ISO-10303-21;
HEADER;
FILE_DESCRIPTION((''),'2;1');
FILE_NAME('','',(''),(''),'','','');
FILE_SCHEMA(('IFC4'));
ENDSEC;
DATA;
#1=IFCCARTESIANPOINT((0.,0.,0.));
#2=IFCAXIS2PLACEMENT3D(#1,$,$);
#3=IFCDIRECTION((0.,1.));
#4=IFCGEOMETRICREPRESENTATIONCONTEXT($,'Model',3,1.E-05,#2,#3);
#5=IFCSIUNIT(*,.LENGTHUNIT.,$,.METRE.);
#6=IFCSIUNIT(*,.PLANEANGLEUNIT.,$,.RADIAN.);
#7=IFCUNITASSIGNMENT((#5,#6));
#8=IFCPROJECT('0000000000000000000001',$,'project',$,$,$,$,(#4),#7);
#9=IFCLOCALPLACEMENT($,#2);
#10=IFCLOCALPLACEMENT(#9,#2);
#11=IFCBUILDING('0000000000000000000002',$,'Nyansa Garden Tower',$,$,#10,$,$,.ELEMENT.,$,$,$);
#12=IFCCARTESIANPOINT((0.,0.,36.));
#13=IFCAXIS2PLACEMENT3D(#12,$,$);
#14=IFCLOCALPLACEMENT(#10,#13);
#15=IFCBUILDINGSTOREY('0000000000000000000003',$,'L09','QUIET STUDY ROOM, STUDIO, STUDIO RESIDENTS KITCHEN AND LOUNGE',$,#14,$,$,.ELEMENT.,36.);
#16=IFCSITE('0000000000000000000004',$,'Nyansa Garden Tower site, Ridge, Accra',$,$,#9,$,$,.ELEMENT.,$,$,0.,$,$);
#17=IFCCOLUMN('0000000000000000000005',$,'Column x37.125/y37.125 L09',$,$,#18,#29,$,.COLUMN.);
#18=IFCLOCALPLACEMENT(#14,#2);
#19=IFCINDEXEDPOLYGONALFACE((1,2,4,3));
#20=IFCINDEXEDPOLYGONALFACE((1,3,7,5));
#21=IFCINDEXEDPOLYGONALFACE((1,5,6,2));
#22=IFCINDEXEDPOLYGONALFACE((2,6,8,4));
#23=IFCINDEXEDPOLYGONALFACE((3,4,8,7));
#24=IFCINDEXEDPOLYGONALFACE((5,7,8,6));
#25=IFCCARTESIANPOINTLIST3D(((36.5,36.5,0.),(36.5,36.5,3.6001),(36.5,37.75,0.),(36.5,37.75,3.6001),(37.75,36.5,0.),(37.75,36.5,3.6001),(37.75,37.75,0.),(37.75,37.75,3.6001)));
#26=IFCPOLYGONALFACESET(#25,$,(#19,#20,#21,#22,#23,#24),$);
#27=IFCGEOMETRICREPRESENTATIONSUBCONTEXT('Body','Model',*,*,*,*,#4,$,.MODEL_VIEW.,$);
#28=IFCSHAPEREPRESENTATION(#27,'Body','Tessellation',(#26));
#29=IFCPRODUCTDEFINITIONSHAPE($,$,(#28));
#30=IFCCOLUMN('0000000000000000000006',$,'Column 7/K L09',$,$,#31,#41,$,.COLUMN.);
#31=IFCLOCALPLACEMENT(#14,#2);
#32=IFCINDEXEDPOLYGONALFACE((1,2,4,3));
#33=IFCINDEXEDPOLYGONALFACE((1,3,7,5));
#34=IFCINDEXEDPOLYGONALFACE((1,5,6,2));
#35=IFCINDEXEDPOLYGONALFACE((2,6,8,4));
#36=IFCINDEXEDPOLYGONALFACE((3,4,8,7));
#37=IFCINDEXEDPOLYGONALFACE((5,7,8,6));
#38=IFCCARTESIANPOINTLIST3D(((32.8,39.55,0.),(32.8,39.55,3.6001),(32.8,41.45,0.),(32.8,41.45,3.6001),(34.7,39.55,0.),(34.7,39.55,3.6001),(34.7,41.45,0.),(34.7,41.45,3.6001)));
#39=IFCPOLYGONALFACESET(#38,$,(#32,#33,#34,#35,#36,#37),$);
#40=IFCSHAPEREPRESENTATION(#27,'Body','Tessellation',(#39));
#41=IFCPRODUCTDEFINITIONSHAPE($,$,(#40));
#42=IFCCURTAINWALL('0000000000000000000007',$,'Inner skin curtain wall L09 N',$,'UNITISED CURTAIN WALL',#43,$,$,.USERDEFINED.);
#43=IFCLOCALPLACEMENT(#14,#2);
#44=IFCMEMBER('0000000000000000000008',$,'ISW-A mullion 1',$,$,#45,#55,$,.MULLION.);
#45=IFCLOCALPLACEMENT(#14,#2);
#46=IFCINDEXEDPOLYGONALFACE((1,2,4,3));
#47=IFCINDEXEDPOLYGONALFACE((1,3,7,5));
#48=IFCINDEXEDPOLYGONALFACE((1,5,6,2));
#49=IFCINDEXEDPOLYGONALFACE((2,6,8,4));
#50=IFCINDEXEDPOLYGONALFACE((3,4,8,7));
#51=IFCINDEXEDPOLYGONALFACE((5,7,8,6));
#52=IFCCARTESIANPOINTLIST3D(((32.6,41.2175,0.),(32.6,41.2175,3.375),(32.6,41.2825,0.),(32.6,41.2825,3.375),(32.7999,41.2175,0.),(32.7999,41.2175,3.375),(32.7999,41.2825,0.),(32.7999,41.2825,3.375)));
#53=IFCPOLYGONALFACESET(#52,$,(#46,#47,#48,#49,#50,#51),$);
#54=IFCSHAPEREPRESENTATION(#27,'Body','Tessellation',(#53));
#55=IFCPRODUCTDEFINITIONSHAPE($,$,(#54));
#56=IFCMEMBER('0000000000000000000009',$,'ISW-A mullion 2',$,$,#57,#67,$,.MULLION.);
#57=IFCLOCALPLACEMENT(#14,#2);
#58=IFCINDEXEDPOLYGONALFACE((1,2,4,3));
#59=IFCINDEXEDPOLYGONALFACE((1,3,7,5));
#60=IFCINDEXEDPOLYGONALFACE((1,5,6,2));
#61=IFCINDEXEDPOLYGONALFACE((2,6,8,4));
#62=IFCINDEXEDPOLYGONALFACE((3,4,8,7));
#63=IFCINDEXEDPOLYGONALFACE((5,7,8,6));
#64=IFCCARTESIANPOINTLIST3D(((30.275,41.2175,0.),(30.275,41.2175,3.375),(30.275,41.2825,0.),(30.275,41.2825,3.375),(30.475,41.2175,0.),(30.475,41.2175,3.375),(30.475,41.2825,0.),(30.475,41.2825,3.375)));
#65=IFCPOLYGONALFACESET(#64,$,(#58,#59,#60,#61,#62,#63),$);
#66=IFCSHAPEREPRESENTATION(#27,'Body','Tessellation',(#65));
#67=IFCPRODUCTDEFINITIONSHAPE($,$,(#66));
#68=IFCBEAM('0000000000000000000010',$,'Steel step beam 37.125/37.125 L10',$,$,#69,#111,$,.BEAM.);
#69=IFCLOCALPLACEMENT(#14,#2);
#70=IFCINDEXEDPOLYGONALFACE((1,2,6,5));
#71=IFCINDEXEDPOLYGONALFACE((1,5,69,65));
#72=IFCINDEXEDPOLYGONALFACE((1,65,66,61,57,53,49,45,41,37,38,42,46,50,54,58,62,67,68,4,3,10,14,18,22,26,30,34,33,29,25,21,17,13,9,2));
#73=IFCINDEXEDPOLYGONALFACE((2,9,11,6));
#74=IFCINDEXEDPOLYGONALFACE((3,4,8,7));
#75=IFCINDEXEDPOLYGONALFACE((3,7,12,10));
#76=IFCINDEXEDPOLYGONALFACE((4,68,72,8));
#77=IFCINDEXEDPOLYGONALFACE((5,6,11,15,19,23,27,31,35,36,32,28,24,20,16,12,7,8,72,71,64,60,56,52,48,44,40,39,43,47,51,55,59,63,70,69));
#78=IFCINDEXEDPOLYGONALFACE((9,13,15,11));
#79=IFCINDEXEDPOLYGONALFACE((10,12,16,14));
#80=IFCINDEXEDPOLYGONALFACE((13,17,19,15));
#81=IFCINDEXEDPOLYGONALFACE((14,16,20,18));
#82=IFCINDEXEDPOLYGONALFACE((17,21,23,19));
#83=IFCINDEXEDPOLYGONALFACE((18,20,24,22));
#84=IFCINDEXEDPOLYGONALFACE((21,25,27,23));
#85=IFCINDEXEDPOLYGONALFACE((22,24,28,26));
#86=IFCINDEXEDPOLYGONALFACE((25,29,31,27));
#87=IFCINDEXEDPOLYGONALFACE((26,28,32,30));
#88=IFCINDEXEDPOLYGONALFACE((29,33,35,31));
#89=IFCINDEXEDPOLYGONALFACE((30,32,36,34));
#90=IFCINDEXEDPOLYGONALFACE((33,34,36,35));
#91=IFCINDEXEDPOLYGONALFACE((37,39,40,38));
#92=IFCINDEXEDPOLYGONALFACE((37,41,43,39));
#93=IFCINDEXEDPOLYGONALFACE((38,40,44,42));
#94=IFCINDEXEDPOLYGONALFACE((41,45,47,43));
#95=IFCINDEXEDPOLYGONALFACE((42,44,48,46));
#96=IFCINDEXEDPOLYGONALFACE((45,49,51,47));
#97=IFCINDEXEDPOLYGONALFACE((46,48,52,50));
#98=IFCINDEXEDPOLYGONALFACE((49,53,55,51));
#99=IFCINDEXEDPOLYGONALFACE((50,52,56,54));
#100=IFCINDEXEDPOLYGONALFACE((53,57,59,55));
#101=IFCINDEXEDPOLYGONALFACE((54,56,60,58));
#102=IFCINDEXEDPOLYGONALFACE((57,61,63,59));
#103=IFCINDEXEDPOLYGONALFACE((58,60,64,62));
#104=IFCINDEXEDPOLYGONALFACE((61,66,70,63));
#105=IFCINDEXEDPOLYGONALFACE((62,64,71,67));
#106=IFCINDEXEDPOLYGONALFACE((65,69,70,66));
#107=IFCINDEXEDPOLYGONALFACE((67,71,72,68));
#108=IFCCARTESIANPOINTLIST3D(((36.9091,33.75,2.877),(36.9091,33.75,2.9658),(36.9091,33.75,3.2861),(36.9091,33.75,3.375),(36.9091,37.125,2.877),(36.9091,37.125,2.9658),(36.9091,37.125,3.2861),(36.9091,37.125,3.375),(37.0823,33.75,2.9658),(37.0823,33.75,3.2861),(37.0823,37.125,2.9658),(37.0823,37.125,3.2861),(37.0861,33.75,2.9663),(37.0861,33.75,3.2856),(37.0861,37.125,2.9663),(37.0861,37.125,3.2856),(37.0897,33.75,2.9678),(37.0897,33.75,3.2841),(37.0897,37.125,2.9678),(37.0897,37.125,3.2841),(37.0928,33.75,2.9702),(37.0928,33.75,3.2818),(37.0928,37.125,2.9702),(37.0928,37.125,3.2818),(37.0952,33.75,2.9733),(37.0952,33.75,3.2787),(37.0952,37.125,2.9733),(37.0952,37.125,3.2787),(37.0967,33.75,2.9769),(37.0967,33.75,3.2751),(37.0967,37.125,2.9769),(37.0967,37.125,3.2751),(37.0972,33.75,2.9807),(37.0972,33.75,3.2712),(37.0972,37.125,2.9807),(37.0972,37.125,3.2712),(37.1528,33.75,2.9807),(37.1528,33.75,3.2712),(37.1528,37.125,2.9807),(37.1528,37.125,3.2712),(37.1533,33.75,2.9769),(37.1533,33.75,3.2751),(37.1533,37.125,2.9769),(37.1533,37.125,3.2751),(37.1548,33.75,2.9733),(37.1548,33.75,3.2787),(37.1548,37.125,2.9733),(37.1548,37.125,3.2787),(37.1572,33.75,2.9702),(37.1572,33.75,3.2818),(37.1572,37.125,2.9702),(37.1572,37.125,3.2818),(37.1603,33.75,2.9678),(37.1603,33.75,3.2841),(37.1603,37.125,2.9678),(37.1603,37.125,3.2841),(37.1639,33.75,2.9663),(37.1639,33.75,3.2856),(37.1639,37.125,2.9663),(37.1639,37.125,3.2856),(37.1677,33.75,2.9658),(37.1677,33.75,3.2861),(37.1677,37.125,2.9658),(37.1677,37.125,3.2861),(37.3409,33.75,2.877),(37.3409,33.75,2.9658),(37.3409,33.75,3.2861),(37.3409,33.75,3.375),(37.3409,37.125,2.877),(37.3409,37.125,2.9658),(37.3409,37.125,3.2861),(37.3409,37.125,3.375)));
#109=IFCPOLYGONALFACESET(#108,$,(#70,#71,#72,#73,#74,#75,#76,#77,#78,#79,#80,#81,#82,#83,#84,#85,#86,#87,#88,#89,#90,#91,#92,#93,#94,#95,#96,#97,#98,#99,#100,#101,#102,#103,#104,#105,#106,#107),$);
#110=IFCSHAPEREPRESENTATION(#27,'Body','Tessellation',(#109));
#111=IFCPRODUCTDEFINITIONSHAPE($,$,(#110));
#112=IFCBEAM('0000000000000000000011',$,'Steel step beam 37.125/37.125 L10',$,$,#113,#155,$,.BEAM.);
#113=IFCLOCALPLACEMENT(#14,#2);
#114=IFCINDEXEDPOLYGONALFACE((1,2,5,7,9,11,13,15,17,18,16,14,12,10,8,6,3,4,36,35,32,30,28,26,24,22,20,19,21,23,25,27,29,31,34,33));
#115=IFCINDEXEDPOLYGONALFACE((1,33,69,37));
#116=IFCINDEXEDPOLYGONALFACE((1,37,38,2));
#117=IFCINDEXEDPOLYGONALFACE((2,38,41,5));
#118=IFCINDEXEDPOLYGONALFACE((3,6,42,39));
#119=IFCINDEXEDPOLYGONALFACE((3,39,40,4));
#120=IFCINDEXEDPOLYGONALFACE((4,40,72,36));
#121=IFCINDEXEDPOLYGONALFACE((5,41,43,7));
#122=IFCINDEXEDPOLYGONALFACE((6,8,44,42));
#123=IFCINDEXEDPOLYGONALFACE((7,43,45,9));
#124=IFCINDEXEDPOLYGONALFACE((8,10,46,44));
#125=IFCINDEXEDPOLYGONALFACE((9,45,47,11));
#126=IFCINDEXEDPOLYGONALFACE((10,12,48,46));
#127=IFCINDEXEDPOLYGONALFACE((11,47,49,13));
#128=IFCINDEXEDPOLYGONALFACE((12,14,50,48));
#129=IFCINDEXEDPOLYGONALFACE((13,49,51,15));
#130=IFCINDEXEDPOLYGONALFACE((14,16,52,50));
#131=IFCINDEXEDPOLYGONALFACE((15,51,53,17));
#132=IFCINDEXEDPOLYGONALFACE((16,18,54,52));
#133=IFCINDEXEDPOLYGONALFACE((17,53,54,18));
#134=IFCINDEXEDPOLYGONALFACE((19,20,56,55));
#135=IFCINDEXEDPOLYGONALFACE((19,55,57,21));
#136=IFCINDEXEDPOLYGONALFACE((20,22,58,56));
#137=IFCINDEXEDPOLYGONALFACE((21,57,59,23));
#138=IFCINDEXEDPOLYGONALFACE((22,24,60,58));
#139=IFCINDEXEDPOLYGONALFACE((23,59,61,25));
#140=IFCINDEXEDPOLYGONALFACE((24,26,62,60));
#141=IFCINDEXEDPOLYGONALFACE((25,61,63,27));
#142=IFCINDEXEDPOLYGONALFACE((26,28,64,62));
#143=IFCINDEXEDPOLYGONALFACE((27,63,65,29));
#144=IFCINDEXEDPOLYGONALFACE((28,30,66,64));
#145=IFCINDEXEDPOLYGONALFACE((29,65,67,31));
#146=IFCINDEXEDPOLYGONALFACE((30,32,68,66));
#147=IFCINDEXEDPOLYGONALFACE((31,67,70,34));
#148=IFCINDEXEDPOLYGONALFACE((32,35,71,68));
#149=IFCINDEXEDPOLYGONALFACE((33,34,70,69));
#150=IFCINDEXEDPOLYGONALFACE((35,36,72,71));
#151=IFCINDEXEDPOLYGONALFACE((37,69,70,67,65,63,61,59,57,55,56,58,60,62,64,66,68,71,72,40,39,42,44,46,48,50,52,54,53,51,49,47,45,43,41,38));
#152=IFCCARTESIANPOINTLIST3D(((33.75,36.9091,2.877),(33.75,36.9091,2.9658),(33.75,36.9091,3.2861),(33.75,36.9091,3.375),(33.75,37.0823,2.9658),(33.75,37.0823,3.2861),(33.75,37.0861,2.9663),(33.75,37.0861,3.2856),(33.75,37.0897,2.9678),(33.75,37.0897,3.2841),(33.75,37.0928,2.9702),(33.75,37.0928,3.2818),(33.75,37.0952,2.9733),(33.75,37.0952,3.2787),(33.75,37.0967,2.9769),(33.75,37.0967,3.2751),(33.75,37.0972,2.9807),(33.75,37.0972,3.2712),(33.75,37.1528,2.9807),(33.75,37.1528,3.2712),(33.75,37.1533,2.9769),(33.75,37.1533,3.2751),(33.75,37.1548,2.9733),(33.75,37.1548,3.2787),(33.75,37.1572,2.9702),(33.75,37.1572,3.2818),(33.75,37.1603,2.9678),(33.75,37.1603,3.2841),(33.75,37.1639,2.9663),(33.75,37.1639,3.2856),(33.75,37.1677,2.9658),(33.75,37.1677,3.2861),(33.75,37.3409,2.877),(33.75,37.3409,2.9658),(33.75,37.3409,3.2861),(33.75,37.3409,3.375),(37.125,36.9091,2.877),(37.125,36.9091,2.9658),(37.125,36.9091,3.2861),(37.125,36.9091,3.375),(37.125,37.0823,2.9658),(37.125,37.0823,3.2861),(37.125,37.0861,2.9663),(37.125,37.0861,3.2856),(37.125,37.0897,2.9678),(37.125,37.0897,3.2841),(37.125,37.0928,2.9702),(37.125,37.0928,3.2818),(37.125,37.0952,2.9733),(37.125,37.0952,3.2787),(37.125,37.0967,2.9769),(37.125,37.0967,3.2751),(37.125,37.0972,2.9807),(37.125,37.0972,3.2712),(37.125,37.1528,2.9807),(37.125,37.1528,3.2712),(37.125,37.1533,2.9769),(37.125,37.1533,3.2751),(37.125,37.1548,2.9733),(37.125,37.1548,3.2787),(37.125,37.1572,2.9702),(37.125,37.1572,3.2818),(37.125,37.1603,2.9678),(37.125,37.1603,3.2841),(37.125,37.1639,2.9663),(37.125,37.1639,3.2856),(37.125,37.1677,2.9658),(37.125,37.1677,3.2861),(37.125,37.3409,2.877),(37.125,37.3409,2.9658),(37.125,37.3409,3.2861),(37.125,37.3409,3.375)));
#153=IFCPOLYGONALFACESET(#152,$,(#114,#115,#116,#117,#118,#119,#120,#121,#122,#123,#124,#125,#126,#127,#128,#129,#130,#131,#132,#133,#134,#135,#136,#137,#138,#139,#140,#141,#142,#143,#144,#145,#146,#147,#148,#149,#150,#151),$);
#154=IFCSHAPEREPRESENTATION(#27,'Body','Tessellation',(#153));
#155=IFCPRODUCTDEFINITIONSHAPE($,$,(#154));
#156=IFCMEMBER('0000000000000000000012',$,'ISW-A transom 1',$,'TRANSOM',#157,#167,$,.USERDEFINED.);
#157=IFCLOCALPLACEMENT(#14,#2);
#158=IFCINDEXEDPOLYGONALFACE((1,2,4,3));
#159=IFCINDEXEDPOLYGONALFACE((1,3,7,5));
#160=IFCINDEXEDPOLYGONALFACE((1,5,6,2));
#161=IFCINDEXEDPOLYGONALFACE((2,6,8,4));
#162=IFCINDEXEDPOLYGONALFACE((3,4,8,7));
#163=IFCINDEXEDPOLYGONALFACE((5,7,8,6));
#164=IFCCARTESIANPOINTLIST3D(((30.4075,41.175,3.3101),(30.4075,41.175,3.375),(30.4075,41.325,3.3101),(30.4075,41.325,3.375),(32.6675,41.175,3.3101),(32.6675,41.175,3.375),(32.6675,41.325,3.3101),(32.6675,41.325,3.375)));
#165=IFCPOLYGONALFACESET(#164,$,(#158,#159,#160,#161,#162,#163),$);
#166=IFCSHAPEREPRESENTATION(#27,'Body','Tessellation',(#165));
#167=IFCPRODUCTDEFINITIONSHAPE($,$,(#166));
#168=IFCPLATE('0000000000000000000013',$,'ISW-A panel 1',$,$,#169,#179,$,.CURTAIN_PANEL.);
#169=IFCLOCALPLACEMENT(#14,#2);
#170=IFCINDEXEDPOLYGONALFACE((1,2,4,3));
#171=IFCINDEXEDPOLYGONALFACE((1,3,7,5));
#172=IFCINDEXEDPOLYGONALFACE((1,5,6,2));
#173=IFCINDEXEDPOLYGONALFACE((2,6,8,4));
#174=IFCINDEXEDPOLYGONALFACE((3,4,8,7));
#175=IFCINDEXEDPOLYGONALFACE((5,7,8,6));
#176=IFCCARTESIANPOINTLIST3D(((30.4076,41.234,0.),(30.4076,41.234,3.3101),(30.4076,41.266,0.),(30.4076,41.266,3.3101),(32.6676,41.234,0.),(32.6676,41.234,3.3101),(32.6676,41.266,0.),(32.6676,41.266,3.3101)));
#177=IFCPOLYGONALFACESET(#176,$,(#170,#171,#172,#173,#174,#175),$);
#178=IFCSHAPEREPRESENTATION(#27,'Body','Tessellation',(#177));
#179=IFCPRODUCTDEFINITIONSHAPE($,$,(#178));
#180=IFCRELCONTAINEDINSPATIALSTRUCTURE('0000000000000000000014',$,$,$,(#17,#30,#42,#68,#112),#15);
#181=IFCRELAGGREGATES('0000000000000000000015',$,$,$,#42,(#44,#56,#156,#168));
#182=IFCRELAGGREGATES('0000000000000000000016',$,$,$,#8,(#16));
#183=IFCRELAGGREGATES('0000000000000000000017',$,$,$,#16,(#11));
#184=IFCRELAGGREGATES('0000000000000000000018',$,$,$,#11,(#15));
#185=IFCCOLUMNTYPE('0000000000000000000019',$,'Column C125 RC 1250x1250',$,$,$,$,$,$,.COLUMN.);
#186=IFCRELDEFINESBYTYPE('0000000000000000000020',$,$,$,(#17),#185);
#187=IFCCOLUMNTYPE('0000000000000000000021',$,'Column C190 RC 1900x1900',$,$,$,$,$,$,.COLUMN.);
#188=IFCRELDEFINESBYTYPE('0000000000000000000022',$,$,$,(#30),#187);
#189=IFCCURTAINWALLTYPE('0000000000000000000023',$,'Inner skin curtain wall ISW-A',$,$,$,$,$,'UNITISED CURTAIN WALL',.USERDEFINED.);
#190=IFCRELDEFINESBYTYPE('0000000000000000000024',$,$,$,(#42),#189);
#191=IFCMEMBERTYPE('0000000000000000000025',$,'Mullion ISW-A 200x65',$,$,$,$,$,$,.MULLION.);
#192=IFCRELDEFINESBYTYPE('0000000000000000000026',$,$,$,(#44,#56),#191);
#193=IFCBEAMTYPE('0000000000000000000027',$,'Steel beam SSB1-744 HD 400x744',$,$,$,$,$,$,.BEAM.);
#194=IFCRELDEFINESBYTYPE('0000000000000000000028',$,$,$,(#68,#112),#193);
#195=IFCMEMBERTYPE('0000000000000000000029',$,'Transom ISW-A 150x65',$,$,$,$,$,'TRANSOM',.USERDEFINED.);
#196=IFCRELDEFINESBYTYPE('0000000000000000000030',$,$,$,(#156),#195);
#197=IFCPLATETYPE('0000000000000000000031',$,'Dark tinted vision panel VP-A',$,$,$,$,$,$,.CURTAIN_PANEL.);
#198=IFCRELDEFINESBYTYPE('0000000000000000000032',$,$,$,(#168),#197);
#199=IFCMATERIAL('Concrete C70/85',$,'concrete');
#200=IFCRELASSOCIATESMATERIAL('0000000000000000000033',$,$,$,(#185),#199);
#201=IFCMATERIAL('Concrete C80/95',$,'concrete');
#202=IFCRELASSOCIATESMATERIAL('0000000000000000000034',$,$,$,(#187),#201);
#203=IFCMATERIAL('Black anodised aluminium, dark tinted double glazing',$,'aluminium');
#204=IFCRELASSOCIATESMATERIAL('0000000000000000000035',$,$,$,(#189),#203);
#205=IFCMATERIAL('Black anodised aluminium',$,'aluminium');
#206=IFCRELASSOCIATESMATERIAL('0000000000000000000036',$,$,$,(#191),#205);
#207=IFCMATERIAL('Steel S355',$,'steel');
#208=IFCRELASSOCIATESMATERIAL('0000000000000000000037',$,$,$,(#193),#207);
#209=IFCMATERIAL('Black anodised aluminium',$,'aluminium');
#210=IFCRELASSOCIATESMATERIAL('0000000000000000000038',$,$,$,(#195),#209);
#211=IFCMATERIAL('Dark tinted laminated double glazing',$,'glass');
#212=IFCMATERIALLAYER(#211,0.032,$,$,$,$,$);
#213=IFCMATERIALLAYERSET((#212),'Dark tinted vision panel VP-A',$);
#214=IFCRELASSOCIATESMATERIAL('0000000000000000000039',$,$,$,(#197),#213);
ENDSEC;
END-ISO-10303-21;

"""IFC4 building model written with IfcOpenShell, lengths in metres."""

from ifc_helpers import new_model, si_unit, direction, frame, origin, origin_2d, place, context, subcontext, project, spatial, rectangle, i_section, extrude, material, layer, layer_set, material_profile, profile_set, type_object, element, aggregate, save


model = new_model("IFC4")

# Units and contexts
model_context = context("Model", 3, precision=1e-05, world=origin(), true_north=direction((0.0, 1.0)))
body_context = subcontext(model_context, "Body", "Model", "MODEL_VIEW")
ifc_project = project(units=[si_unit("LENGTHUNIT", "METRE"), si_unit("PLANEANGLEUNIT", "RADIAN")], contexts=[model_context])

# Site, building, storey
site_placement = place(None, origin())
site = spatial("IfcSite", under=ifc_project, at=site_placement, Name="Nyansa Garden Tower site, Ridge, Accra", CompositionType="ELEMENT", RefElevation=0.0)
building_placement = place(site_placement, origin())
building = spatial("IfcBuilding", under=site, at=building_placement, Name="Nyansa Garden Tower", CompositionType="ELEMENT")
storey_placement = place(building_placement, frame((0.0, 0.0, 36.0)))
storey = spatial("IfcBuildingStorey", under=building, at=storey_placement, Name="L09", Description="QUIET STUDY ROOM, STUDIO, STUDIO RESIDENTS KITCHEN AND LOUNGE", CompositionType="ELEMENT", Elevation=36.0)

# Columns
ifc_material_1 = material(Name="Concrete C70/85", Category="concrete")
ifc_material_profile_1 = material_profile(ifc_material_1, rectangle(XDim=1.25, YDim=1.25, at=origin_2d()), Name="RC 1250x1250")
ifc_profile_set_1 = profile_set([ifc_material_profile_1], Name="Concrete C70/85")
column_type_1 = type_object("IfcColumnType", Name="Column C125 RC 1250x1250", PredefinedType="COLUMN", material=ifc_profile_set_1)
column_1_placement = place(storey_placement, frame((37.125, 37.125, 0.0), z_axis=(0.0, 0.0, 1.0), x_axis=(1.0, 0.0, 0.0)))
element("IfcColumn", 1, at=column_1_placement, inside=storey, type_object=column_type_1, Name="Column x37.125/y37.125 L09", PredefinedType="COLUMN", context=body_context, shape_type="SweptSolid", body=[
    extrude(rectangle(XDim=1.25, YDim=1.25, at=origin_2d()), origin(), (0.0, 0.0, 1.0), 3.6001),
])
ifc_material_2 = material(Name="Concrete C80/95", Category="concrete")
ifc_material_profile_2 = material_profile(ifc_material_2, rectangle(XDim=1.8999, YDim=1.8999, at=origin_2d()), Name="RC 1900x1900")
ifc_profile_set_2 = profile_set([ifc_material_profile_2], Name="Concrete C80/95")
column_type_2 = type_object("IfcColumnType", Name="Column C190 RC 1900x1900", PredefinedType="COLUMN", material=ifc_profile_set_2)
column_2_placement = place(storey_placement, frame((33.75, 40.5, 0.0), z_axis=(0.0, 0.0, 1.0), x_axis=(1.0, 0.0, 0.0)))
element("IfcColumn", 2, at=column_2_placement, inside=storey, type_object=column_type_2, Name="Column 7/K L09", PredefinedType="COLUMN", context=body_context, shape_type="SweptSolid", body=[
    extrude(rectangle(XDim=1.8999, YDim=1.8999, at=origin_2d()), origin(), (0.0, 0.0, 1.0), 3.6001),
])

# Curtain wall, members
ifc_material_3 = material(Name="Black anodised aluminium, dark tinted double glazing", Category="aluminium")
curtain_wall_type = type_object("IfcCurtainWallType", Name="Inner skin curtain wall ISW-A", ElementType="UNITISED CURTAIN WALL", PredefinedType="USERDEFINED", material=ifc_material_3)
curtain_wall_placement = place(storey_placement, origin())
curtain_wall = element("IfcCurtainWall", 3, at=curtain_wall_placement, inside=storey, type_object=curtain_wall_type, Name="Inner skin curtain wall L09 N", ObjectType="UNITISED CURTAIN WALL", PredefinedType="USERDEFINED")
ifc_material_4 = material(Name="Black anodised aluminium", Category="aluminium")
ifc_material_profile_3 = material_profile(ifc_material_4, rectangle(XDim=0.0649, YDim=0.2, at=origin_2d()), Name="Mullion 200x65")
ifc_profile_set_3 = profile_set([ifc_material_profile_3], Name="Black anodised aluminium")
member_type_1 = type_object("IfcMemberType", Name="Mullion ISW-A 200x65", PredefinedType="MULLION", material=ifc_profile_set_3)
member_1_placement = place(storey_placement, frame((32.7, 41.25, 0.0), z_axis=(0.0, 0.0, 1.0), x_axis=(0.0, -1.0, 0.0)))
member_1 = element("IfcMember", 4, at=member_1_placement, type_object=member_type_1, Name="ISW-A mullion 1", PredefinedType="MULLION", context=body_context, shape_type="SweptSolid", body=[
    extrude(rectangle(XDim=0.0649, YDim=0.2, at=origin_2d()), origin(), (0.0, 0.0, 1.0), 3.375),
])
member_2_placement = place(storey_placement, frame((30.375, 41.25, 0.0), z_axis=(0.0, 0.0, 1.0), x_axis=(0.0, -1.0, 0.0)))
member_2 = element("IfcMember", 5, at=member_2_placement, type_object=member_type_1, Name="ISW-A mullion 2", PredefinedType="MULLION", context=body_context, shape_type="SweptSolid", body=[
    extrude(rectangle(XDim=0.0649, YDim=0.2, at=origin_2d()), origin(), (0.0, 0.0, 1.0), 3.375),
])

# Beams
ifc_material_5 = material(Name="Steel S355", Category="steel")
ifc_material_profile_4 = material_profile(ifc_material_5, i_section(OverallWidth=0.4319, OverallDepth=0.498, WebThickness=0.0557, FlangeThickness=0.0889, FilletRadius=0.0149, at=origin_2d()), Name="HD 400x744")
ifc_profile_set_4 = profile_set([ifc_material_profile_4], Name="Steel S355")
beam_type = type_object("IfcBeamType", Name="Steel beam SSB1-744 HD 400x744", PredefinedType="BEAM", material=ifc_profile_set_4)
for number, where, z_axis, x_axis, name in (
    (6, (37.125, 37.125, 3.126), (0.0, -1.0, 0.0), (1.0, 0.0, 0.0), "Steel step beam 37.125/37.125 L10"),
    (7, (37.125, 37.125, 3.126), (-1.0, 0.0, 0.0), (0.0, -1.0, 0.0), "Steel step beam 37.125/37.125 L10"),
):
    element("IfcBeam", number, at=place(storey_placement, frame(where, z_axis=z_axis, x_axis=x_axis)), inside=storey, type_object=beam_type, Name=name, PredefinedType="BEAM", context=body_context, shape_type="SweptSolid", body=[
        extrude(i_section(OverallWidth=0.4319, OverallDepth=0.498, WebThickness=0.0557, FlangeThickness=0.0889, FilletRadius=0.0149, at=origin_2d()), origin(), (0.0, 0.0, 1.0), 3.375),
    ])

# Member
ifc_material_6 = material(Name="Black anodised aluminium", Category="aluminium")
ifc_material_profile_5 = material_profile(ifc_material_6, rectangle(XDim=0.1499, YDim=0.0649, at=origin_2d()), Name="Transom 150x65")
ifc_profile_set_5 = profile_set([ifc_material_profile_5], Name="Black anodised aluminium")
member_type_2 = type_object("IfcMemberType", Name="Transom ISW-A 150x65", ElementType="TRANSOM", PredefinedType="USERDEFINED", material=ifc_profile_set_5)
member_3_placement = place(storey_placement, frame((32.6675, 41.25, 3.3425), z_axis=(-1.0, 0.0, 0.0), x_axis=(0.0, -1.0, 0.0)))
member_3 = element("IfcMember", 8, at=member_3_placement, type_object=member_type_2, Name="ISW-A transom 1", ObjectType="TRANSOM", PredefinedType="USERDEFINED", context=body_context, shape_type="SweptSolid", body=[
    extrude(rectangle(XDim=0.1499, YDim=0.0649, at=origin_2d()), origin(), (0.0, 0.0, 1.0), 2.26),
])

# Plate
ifc_material_7 = material(Name="Dark tinted laminated double glazing", Category="glass")
ifc_layer_1 = layer(ifc_material_7, 0.032)
ifc_layer_set_1 = layer_set([ifc_layer_1], Name="Dark tinted vision panel VP-A")
plate_type = type_object("IfcPlateType", Name="Dark tinted vision panel VP-A", PredefinedType="CURTAIN_PANEL", material=ifc_layer_set_1)
plate_placement = place(storey_placement, frame((31.5376, 41.25, 0.0), z_axis=(0.0, 0.0, 1.0), x_axis=(-1.0, 0.0, 0.0)))
plate = element("IfcPlate", 9, at=plate_placement, type_object=plate_type, Name="ISW-A panel 1", PredefinedType="CURTAIN_PANEL", context=body_context, shape_type="SweptSolid", body=[
    extrude(rectangle(XDim=2.26, YDim=0.032, at=origin_2d()), origin(), (0.0, 0.0, 1.0), 3.3101),
])
aggregate(curtain_wall, [member_1, member_2, member_3, plate])

save(model, "model.ifc")
